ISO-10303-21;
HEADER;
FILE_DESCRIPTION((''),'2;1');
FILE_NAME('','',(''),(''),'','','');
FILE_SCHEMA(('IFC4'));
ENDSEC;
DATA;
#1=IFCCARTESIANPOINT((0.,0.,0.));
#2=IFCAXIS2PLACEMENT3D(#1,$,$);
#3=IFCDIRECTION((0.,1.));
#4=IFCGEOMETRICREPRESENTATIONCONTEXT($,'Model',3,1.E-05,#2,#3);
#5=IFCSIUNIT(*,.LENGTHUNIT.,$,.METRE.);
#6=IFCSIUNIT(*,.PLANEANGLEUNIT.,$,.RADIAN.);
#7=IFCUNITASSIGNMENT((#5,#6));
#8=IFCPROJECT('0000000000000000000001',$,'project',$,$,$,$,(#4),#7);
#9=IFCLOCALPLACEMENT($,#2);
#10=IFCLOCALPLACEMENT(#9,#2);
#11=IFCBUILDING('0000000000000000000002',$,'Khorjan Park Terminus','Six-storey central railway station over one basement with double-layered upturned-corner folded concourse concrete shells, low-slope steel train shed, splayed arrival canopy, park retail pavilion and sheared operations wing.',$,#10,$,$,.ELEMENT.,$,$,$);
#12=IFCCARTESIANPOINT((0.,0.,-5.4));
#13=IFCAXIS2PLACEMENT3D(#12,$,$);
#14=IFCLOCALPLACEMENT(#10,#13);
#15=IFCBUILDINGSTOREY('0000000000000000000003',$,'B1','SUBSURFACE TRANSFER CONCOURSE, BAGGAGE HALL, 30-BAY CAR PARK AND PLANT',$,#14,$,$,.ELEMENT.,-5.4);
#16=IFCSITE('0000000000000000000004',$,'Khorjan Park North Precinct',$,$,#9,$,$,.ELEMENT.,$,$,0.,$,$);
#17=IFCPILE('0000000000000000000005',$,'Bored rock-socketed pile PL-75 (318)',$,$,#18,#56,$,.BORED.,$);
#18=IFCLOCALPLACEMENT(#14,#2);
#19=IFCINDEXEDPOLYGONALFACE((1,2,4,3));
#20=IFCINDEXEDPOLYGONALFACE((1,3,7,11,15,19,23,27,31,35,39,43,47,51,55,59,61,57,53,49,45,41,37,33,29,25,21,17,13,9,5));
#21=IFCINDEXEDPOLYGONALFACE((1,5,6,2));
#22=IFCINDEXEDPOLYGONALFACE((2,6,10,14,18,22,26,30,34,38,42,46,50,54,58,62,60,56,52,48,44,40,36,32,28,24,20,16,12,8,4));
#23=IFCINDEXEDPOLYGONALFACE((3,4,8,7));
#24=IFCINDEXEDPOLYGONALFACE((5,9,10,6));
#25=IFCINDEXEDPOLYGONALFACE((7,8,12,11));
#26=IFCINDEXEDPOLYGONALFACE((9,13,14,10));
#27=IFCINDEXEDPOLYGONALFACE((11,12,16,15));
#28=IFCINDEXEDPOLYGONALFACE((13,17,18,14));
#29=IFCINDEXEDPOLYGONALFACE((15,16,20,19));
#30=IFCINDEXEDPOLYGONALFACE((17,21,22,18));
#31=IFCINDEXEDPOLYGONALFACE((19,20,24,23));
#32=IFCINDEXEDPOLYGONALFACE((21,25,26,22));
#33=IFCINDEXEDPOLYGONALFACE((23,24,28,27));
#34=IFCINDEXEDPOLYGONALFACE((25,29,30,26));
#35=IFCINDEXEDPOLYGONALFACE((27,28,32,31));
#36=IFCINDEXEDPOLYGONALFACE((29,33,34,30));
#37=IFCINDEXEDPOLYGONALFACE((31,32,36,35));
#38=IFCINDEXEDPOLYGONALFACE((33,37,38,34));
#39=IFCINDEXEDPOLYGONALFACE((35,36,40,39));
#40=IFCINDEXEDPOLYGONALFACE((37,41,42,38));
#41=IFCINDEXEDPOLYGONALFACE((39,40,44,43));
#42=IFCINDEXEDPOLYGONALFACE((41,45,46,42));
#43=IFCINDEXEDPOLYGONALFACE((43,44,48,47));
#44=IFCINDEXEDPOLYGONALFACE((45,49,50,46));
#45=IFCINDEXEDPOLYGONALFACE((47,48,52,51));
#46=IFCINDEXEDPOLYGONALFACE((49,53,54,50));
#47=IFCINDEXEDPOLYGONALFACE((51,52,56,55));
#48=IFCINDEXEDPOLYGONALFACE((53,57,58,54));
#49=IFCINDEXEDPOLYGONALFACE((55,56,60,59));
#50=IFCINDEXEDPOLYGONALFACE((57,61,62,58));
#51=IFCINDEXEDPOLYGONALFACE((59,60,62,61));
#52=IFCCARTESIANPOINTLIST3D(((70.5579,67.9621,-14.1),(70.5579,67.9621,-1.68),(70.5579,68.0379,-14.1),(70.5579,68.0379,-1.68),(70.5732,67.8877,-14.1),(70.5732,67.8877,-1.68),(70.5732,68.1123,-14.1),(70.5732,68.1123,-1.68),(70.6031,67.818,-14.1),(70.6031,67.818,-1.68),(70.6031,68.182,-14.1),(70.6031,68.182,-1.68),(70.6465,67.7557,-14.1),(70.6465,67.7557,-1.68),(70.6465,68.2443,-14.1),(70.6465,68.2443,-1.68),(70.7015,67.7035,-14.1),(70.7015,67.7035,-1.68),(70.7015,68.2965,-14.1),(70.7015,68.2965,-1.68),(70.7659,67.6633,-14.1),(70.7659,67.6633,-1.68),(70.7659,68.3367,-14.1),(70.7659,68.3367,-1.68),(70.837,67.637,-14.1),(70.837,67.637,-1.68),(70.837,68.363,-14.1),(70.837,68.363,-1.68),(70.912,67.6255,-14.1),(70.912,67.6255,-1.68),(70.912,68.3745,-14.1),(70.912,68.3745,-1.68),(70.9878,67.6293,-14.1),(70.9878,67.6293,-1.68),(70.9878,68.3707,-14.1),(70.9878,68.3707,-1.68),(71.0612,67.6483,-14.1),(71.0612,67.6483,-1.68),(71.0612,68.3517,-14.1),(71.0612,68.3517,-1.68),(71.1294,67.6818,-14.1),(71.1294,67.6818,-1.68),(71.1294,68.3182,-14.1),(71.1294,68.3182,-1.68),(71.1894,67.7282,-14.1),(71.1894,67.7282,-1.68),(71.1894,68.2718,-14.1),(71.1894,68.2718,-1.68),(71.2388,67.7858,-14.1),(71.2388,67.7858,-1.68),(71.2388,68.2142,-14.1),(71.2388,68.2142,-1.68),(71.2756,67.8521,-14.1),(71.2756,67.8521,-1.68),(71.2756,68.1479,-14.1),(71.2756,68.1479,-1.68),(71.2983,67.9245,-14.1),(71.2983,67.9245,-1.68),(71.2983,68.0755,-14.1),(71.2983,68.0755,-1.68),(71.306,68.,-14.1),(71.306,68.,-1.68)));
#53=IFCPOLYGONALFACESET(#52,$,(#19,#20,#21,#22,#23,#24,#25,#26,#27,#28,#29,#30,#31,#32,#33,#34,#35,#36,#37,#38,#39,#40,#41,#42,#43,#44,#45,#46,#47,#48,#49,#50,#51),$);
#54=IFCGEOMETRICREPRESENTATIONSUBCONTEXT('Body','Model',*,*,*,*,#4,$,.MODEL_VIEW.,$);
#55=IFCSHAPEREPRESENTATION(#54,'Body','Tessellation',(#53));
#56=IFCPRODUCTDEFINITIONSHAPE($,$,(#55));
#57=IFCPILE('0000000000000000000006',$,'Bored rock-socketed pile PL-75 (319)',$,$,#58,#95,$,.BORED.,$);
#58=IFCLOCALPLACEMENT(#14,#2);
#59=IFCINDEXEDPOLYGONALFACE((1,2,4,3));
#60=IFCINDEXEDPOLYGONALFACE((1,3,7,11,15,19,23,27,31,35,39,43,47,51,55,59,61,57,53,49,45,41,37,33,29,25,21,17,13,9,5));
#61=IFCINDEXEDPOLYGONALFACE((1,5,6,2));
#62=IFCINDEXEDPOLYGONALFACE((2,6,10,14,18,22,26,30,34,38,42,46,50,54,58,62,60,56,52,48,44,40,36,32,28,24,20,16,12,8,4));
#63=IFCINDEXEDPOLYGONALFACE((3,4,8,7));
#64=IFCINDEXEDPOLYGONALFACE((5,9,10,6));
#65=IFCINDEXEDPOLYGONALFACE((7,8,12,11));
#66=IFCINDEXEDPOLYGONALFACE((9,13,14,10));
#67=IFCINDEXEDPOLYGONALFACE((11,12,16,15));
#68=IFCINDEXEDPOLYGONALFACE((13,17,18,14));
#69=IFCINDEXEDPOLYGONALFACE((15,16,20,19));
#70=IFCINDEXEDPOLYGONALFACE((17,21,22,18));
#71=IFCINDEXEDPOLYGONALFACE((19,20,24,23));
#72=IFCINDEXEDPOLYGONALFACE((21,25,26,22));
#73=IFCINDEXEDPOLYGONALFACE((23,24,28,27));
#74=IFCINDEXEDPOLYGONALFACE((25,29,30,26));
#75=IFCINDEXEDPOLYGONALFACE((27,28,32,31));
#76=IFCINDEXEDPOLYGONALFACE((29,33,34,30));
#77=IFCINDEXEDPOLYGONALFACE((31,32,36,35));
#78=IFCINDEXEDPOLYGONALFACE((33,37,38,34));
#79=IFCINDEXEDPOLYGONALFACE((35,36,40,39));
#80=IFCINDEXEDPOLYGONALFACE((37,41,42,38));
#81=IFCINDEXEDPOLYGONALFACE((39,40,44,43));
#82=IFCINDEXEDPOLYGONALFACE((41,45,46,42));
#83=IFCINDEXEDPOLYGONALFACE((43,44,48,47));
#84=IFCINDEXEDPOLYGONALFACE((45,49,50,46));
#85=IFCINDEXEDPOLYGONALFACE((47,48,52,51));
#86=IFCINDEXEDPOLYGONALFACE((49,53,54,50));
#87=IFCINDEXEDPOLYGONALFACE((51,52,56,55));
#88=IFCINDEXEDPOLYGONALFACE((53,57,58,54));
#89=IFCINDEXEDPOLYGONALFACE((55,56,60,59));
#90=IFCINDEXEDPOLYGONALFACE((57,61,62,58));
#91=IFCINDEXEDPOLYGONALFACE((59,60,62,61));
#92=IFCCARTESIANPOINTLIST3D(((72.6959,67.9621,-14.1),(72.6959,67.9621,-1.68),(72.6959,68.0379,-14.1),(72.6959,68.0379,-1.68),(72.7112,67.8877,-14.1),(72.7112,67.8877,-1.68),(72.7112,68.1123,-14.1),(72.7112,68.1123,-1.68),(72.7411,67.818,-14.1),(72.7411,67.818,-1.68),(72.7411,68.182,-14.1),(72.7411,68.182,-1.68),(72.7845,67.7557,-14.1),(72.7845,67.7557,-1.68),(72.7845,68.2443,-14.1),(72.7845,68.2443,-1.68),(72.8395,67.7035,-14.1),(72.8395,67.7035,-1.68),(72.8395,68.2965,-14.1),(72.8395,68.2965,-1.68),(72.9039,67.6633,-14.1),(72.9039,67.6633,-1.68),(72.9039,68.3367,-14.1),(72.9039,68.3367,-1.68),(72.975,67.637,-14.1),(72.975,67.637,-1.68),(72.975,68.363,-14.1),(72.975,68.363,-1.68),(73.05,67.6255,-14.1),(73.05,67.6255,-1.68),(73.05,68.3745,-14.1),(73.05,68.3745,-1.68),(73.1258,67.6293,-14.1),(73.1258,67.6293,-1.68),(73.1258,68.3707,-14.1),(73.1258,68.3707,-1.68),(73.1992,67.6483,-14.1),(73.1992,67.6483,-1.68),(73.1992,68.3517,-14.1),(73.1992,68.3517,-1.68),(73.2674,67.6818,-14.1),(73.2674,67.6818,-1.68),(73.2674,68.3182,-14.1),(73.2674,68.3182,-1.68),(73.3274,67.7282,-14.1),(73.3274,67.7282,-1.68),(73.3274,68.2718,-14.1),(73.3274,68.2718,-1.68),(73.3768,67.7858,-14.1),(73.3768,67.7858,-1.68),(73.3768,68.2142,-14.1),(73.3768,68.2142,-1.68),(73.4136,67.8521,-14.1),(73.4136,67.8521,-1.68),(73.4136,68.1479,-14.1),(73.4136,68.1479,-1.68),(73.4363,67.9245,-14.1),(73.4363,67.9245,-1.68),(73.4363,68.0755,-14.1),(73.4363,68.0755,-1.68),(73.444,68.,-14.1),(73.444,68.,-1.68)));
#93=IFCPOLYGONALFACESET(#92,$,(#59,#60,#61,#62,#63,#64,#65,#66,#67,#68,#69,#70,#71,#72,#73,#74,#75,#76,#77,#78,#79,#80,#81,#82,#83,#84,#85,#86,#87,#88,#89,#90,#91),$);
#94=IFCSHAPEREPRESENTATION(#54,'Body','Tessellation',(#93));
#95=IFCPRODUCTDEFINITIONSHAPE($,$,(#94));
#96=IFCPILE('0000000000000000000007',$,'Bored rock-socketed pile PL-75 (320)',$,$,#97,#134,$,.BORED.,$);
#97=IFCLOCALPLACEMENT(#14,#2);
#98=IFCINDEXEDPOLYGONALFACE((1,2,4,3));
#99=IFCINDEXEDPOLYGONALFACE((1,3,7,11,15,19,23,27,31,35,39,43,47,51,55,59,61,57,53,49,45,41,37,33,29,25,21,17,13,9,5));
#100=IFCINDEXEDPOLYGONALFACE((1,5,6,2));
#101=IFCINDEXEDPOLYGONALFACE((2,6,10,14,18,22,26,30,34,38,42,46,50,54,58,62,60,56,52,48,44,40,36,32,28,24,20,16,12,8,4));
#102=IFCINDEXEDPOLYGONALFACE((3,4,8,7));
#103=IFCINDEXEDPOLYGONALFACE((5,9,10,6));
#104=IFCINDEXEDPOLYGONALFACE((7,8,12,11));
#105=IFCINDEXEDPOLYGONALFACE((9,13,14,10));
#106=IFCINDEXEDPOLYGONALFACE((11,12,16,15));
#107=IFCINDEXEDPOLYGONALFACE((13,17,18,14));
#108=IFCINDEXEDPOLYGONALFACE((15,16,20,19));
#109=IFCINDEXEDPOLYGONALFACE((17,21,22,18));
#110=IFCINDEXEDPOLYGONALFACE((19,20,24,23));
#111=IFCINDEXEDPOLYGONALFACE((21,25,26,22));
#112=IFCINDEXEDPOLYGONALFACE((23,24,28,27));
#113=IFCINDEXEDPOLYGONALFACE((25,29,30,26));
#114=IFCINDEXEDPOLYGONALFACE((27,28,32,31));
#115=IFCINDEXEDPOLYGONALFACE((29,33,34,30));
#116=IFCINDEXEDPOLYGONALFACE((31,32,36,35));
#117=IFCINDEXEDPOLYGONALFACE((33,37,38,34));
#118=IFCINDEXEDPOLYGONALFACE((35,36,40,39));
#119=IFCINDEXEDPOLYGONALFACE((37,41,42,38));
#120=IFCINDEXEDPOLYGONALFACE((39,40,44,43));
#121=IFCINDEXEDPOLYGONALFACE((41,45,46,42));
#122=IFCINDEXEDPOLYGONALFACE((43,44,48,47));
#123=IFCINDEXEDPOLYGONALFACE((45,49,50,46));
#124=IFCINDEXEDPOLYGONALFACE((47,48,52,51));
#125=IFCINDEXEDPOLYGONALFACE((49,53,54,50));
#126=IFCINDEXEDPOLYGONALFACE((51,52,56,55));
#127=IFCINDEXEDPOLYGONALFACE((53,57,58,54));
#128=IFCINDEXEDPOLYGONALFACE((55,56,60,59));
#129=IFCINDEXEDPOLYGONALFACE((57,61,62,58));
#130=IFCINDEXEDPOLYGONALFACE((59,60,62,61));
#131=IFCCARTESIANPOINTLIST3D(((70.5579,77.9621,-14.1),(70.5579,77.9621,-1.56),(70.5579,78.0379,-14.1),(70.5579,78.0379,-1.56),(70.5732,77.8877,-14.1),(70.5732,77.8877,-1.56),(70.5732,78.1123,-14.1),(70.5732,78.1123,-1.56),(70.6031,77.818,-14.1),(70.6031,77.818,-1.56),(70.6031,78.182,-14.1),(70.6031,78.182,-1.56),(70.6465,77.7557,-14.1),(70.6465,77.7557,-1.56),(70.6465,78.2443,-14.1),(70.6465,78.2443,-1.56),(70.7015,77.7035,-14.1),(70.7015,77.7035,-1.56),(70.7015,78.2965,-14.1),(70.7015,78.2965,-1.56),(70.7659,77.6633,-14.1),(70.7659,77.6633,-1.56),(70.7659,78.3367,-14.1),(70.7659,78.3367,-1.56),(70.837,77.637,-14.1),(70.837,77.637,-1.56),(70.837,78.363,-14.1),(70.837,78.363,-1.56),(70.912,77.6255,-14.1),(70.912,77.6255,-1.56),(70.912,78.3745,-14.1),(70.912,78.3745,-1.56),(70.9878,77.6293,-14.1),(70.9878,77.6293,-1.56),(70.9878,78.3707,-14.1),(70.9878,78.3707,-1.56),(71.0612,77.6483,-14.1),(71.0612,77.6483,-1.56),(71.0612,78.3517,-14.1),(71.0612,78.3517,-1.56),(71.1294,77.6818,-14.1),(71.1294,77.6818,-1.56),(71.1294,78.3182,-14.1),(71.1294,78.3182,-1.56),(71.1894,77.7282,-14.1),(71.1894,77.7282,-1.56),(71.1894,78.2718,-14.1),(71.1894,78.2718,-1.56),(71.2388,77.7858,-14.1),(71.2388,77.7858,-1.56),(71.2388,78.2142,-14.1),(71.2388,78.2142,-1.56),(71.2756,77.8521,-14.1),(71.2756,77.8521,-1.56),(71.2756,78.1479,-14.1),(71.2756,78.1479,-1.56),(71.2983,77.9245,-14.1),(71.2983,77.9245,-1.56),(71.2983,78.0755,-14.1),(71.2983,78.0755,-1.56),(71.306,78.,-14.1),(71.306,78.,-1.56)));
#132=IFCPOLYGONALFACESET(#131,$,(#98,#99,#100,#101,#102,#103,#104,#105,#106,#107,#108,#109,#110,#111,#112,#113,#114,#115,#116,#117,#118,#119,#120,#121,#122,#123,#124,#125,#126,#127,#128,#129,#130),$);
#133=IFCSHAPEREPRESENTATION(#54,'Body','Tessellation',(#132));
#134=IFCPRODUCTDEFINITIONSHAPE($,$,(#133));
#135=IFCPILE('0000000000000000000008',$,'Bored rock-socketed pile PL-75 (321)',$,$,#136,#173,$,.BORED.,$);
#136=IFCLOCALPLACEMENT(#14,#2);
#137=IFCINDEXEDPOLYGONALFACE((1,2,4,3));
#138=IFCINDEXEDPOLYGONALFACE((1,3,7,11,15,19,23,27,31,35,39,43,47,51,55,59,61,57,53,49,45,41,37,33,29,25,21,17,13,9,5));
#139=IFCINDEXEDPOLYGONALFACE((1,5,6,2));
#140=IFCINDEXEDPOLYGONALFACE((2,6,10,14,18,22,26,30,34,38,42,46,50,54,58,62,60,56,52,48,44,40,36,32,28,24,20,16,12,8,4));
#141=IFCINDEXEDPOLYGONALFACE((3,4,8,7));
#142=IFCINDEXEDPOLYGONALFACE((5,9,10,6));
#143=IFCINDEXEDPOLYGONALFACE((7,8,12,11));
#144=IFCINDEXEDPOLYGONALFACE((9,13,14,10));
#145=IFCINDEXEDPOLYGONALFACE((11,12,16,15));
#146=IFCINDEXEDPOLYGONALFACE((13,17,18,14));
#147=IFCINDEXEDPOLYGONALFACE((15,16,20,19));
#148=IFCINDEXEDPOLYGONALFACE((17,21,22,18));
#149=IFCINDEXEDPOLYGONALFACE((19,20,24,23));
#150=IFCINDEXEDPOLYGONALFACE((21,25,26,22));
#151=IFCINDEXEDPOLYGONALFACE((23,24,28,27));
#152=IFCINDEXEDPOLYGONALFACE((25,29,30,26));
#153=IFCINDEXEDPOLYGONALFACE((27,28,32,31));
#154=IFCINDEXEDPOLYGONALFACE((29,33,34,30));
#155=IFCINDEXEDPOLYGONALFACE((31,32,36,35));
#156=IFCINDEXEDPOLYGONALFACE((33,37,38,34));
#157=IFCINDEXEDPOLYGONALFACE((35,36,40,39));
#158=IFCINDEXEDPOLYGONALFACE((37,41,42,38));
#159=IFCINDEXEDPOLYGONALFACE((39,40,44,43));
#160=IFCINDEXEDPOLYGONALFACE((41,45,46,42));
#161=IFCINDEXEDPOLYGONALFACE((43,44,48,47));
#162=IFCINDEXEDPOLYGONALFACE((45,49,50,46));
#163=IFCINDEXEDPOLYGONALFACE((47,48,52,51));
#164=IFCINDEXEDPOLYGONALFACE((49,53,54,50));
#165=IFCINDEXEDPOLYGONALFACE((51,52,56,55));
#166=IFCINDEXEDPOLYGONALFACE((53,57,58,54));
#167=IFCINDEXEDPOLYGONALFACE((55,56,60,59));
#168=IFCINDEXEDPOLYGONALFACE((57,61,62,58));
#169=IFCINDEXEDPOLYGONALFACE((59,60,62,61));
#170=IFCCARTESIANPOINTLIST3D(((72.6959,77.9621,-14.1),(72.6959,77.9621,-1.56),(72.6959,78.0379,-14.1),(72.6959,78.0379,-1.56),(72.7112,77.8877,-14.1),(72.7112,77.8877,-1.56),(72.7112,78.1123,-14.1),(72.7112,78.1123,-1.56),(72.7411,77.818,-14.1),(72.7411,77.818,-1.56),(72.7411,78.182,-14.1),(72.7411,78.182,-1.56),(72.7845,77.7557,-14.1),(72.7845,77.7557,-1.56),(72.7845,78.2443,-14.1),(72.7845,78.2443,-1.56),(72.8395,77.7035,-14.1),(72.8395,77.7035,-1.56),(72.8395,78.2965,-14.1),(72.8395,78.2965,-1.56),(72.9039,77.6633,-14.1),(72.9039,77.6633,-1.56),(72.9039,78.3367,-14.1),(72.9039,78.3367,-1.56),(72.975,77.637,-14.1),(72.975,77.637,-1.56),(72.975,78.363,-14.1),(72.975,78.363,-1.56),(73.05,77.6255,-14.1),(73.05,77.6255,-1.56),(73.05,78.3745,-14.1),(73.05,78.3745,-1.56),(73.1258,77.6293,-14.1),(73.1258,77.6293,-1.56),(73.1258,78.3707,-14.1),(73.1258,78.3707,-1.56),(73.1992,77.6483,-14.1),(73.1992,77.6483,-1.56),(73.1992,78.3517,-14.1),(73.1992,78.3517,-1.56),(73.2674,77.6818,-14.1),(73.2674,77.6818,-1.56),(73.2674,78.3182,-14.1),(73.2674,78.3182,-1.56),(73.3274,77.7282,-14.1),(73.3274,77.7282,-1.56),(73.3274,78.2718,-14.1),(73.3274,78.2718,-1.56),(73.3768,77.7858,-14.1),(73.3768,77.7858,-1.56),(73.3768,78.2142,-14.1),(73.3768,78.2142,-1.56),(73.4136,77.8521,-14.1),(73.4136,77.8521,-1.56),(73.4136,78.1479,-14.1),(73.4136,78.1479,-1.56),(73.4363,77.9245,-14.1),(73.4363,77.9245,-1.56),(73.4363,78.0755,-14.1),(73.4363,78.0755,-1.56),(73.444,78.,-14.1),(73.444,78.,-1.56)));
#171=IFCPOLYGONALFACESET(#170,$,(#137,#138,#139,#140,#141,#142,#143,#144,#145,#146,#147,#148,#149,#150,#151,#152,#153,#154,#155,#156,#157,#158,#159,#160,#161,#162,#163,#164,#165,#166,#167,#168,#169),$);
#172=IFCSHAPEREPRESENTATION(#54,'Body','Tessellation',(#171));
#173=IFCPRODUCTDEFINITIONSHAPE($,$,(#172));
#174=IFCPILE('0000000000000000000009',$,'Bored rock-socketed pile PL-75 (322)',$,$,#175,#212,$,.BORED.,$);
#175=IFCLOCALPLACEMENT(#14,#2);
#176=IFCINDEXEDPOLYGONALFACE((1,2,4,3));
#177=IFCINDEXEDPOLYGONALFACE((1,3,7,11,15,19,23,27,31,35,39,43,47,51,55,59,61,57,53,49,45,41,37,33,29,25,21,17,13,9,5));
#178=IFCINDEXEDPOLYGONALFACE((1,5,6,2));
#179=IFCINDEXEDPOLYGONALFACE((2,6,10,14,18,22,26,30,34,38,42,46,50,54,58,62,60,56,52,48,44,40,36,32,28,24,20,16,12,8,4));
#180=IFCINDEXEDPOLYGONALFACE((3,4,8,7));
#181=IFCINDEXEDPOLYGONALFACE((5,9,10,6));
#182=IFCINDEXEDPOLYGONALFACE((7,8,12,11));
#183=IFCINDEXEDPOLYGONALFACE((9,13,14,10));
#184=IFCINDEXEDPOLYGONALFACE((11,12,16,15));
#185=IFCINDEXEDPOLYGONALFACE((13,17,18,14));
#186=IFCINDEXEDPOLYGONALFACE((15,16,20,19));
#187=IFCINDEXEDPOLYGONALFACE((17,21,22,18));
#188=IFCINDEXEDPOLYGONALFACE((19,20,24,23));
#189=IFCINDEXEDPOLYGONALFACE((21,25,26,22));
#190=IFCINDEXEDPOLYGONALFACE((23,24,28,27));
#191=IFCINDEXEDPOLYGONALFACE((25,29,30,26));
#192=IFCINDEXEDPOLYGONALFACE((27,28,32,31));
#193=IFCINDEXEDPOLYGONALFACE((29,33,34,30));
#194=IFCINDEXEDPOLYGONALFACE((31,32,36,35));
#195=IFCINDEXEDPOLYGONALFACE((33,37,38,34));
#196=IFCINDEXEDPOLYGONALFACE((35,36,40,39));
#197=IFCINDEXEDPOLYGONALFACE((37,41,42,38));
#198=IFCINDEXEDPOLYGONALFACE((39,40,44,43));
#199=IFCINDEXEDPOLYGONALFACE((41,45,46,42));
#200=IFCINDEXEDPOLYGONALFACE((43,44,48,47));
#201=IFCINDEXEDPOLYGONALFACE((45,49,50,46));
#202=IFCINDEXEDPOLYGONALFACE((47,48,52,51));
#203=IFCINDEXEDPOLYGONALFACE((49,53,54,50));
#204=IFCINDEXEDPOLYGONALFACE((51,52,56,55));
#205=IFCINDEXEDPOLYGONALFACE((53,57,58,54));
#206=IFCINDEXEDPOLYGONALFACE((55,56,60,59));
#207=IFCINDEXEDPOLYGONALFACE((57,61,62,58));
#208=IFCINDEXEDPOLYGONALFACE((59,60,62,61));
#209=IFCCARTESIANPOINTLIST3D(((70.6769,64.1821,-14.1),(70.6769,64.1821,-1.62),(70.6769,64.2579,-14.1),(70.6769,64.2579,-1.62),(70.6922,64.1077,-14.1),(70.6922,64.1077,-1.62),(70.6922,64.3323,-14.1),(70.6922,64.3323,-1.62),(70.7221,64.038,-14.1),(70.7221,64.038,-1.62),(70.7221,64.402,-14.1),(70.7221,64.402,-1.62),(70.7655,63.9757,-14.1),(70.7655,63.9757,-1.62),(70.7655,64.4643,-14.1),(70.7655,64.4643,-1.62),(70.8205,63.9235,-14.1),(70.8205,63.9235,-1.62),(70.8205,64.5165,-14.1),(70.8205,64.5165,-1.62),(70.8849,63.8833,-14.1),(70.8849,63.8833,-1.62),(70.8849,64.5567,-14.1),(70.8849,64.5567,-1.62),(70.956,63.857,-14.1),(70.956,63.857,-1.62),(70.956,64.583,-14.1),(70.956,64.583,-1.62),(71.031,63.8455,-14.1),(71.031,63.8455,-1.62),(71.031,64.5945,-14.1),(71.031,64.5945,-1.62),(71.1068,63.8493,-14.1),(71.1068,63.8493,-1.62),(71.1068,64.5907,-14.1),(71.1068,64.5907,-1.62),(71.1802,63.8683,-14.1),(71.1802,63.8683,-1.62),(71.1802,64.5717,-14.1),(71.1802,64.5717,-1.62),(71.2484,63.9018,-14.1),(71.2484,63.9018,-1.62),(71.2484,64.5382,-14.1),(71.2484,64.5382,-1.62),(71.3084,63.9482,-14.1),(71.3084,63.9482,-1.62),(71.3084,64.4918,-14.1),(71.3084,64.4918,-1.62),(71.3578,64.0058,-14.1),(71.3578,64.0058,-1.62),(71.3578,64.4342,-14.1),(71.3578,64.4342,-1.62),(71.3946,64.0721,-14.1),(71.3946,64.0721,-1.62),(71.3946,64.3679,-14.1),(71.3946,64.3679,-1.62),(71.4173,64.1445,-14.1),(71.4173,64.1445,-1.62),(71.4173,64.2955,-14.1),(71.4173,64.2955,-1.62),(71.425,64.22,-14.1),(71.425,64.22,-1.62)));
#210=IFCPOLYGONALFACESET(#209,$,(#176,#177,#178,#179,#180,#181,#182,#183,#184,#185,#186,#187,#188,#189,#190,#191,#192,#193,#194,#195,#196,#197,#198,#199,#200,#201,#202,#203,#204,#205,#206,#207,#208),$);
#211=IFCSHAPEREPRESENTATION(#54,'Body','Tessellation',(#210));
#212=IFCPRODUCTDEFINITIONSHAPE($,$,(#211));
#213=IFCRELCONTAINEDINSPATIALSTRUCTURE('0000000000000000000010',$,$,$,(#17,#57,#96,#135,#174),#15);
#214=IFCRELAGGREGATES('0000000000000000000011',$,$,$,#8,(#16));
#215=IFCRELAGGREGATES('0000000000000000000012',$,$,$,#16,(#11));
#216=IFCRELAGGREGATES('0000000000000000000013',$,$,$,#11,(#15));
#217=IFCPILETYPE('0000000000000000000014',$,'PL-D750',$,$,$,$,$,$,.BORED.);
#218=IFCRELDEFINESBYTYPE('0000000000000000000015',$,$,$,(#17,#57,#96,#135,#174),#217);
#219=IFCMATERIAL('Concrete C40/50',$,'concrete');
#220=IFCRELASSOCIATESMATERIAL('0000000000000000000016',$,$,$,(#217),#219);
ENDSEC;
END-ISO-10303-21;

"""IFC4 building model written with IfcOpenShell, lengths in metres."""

from ifc_helpers import new_model, si_unit, direction, frame, origin, origin_2d, place, context, subcontext, project, spatial, circle, extrude, material, material_profile, profile_set, type_object, element, save


model = new_model("IFC4")

# Units and contexts
model_context = context("Model", 3, precision=1e-05, world=origin(), true_north=direction((0.0, 1.0)))
body_context = subcontext(model_context, "Body", "Model", "MODEL_VIEW")
ifc_project = project(units=[si_unit("LENGTHUNIT", "METRE"), si_unit("PLANEANGLEUNIT", "RADIAN")], contexts=[model_context])

# Site, building, storey
site_placement = place(None, origin())
site = spatial("IfcSite", under=ifc_project, at=site_placement, Name="Khorjan Park North Precinct", CompositionType="ELEMENT", RefElevation=0.0)
building_placement = place(site_placement, origin())
building = spatial("IfcBuilding", under=site, at=building_placement, Name="Khorjan Park Terminus", Description="Six-storey central railway station over one basement with double-layered upturned-corner folded concourse concrete shells, low-slope steel train shed, splayed arrival canopy, park retail pavilion and sheared operations wing.", CompositionType="ELEMENT")
storey_placement = place(building_placement, frame((0.0, 0.0, -5.4)))
storey = spatial("IfcBuildingStorey", under=building, at=storey_placement, Name="B1", Description="SUBSURFACE TRANSFER CONCOURSE, BAGGAGE HALL, 30-BAY CAR PARK AND PLANT", CompositionType="ELEMENT", Elevation=-5.4)

# Shared definitions
ifc_material_1 = material(Name="Concrete C40/50", Category="concrete")

# Piles
ifc_material_profile_1 = material_profile(ifc_material_1, circle(Radius=0.375, at=origin_2d()), Name="BORED D750")
ifc_profile_set_1 = profile_set([ifc_material_profile_1], Name="Concrete C40/50")
pile_type_1 = type_object("IfcPileType", Name="PL-D750", PredefinedType="BORED", material=ifc_profile_set_1)
for number, where, z_axis, x_axis, name in (
    (1, (70.931, 68.0, -1.68), (0.0, 0.0, -1.0), (1.0, 0.0, 0.0), "Bored rock-socketed pile PL-75 (318)"),
    (2, (73.069, 68.0, -1.68), (0.0, 0.0, -1.0), (1.0, 0.0, 0.0), "Bored rock-socketed pile PL-75 (319)"),
):
    element("IfcPile", number, at=place(storey_placement, frame(where, z_axis=z_axis, x_axis=x_axis)), inside=storey, type_object=pile_type_1, Name=name, PredefinedType="BORED", context=body_context, shape_type="SweptSolid", body=[
        extrude(circle(Radius=0.375, at=origin_2d()), origin(), (0.0, 0.0, 1.0), 12.42),
    ])
for number, where, z_axis, x_axis, name in (
    (3, (70.931, 78.0, -1.56), (0.0, 0.0, -1.0), (1.0, 0.0, 0.0), "Bored rock-socketed pile PL-75 (320)"),
    (4, (73.069, 78.0, -1.56), (0.0, 0.0, -1.0), (1.0, 0.0, 0.0), "Bored rock-socketed pile PL-75 (321)"),
):
    element("IfcPile", number, at=place(storey_placement, frame(where, z_axis=z_axis, x_axis=x_axis)), inside=storey, type_object=pile_type_1, Name=name, PredefinedType="BORED", context=body_context, shape_type="SweptSolid", body=[
        extrude(circle(Radius=0.375, at=origin_2d()), origin(), (0.0, 0.0, 1.0), 12.54),
    ])
pile_1_placement = place(storey_placement, frame((71.05, 64.22, -1.62), z_axis=(0.0, 0.0, -1.0), x_axis=(1.0, 0.0, 0.0)))
element("IfcPile", 5, at=pile_1_placement, inside=storey, type_object=pile_type_1, Name="Bored rock-socketed pile PL-75 (322)", PredefinedType="BORED", context=body_context, shape_type="SweptSolid", body=[
    extrude(circle(Radius=0.375, at=origin_2d()), origin(), (0.0, 0.0, 1.0), 12.48),
])

save(model, "model.ifc")
